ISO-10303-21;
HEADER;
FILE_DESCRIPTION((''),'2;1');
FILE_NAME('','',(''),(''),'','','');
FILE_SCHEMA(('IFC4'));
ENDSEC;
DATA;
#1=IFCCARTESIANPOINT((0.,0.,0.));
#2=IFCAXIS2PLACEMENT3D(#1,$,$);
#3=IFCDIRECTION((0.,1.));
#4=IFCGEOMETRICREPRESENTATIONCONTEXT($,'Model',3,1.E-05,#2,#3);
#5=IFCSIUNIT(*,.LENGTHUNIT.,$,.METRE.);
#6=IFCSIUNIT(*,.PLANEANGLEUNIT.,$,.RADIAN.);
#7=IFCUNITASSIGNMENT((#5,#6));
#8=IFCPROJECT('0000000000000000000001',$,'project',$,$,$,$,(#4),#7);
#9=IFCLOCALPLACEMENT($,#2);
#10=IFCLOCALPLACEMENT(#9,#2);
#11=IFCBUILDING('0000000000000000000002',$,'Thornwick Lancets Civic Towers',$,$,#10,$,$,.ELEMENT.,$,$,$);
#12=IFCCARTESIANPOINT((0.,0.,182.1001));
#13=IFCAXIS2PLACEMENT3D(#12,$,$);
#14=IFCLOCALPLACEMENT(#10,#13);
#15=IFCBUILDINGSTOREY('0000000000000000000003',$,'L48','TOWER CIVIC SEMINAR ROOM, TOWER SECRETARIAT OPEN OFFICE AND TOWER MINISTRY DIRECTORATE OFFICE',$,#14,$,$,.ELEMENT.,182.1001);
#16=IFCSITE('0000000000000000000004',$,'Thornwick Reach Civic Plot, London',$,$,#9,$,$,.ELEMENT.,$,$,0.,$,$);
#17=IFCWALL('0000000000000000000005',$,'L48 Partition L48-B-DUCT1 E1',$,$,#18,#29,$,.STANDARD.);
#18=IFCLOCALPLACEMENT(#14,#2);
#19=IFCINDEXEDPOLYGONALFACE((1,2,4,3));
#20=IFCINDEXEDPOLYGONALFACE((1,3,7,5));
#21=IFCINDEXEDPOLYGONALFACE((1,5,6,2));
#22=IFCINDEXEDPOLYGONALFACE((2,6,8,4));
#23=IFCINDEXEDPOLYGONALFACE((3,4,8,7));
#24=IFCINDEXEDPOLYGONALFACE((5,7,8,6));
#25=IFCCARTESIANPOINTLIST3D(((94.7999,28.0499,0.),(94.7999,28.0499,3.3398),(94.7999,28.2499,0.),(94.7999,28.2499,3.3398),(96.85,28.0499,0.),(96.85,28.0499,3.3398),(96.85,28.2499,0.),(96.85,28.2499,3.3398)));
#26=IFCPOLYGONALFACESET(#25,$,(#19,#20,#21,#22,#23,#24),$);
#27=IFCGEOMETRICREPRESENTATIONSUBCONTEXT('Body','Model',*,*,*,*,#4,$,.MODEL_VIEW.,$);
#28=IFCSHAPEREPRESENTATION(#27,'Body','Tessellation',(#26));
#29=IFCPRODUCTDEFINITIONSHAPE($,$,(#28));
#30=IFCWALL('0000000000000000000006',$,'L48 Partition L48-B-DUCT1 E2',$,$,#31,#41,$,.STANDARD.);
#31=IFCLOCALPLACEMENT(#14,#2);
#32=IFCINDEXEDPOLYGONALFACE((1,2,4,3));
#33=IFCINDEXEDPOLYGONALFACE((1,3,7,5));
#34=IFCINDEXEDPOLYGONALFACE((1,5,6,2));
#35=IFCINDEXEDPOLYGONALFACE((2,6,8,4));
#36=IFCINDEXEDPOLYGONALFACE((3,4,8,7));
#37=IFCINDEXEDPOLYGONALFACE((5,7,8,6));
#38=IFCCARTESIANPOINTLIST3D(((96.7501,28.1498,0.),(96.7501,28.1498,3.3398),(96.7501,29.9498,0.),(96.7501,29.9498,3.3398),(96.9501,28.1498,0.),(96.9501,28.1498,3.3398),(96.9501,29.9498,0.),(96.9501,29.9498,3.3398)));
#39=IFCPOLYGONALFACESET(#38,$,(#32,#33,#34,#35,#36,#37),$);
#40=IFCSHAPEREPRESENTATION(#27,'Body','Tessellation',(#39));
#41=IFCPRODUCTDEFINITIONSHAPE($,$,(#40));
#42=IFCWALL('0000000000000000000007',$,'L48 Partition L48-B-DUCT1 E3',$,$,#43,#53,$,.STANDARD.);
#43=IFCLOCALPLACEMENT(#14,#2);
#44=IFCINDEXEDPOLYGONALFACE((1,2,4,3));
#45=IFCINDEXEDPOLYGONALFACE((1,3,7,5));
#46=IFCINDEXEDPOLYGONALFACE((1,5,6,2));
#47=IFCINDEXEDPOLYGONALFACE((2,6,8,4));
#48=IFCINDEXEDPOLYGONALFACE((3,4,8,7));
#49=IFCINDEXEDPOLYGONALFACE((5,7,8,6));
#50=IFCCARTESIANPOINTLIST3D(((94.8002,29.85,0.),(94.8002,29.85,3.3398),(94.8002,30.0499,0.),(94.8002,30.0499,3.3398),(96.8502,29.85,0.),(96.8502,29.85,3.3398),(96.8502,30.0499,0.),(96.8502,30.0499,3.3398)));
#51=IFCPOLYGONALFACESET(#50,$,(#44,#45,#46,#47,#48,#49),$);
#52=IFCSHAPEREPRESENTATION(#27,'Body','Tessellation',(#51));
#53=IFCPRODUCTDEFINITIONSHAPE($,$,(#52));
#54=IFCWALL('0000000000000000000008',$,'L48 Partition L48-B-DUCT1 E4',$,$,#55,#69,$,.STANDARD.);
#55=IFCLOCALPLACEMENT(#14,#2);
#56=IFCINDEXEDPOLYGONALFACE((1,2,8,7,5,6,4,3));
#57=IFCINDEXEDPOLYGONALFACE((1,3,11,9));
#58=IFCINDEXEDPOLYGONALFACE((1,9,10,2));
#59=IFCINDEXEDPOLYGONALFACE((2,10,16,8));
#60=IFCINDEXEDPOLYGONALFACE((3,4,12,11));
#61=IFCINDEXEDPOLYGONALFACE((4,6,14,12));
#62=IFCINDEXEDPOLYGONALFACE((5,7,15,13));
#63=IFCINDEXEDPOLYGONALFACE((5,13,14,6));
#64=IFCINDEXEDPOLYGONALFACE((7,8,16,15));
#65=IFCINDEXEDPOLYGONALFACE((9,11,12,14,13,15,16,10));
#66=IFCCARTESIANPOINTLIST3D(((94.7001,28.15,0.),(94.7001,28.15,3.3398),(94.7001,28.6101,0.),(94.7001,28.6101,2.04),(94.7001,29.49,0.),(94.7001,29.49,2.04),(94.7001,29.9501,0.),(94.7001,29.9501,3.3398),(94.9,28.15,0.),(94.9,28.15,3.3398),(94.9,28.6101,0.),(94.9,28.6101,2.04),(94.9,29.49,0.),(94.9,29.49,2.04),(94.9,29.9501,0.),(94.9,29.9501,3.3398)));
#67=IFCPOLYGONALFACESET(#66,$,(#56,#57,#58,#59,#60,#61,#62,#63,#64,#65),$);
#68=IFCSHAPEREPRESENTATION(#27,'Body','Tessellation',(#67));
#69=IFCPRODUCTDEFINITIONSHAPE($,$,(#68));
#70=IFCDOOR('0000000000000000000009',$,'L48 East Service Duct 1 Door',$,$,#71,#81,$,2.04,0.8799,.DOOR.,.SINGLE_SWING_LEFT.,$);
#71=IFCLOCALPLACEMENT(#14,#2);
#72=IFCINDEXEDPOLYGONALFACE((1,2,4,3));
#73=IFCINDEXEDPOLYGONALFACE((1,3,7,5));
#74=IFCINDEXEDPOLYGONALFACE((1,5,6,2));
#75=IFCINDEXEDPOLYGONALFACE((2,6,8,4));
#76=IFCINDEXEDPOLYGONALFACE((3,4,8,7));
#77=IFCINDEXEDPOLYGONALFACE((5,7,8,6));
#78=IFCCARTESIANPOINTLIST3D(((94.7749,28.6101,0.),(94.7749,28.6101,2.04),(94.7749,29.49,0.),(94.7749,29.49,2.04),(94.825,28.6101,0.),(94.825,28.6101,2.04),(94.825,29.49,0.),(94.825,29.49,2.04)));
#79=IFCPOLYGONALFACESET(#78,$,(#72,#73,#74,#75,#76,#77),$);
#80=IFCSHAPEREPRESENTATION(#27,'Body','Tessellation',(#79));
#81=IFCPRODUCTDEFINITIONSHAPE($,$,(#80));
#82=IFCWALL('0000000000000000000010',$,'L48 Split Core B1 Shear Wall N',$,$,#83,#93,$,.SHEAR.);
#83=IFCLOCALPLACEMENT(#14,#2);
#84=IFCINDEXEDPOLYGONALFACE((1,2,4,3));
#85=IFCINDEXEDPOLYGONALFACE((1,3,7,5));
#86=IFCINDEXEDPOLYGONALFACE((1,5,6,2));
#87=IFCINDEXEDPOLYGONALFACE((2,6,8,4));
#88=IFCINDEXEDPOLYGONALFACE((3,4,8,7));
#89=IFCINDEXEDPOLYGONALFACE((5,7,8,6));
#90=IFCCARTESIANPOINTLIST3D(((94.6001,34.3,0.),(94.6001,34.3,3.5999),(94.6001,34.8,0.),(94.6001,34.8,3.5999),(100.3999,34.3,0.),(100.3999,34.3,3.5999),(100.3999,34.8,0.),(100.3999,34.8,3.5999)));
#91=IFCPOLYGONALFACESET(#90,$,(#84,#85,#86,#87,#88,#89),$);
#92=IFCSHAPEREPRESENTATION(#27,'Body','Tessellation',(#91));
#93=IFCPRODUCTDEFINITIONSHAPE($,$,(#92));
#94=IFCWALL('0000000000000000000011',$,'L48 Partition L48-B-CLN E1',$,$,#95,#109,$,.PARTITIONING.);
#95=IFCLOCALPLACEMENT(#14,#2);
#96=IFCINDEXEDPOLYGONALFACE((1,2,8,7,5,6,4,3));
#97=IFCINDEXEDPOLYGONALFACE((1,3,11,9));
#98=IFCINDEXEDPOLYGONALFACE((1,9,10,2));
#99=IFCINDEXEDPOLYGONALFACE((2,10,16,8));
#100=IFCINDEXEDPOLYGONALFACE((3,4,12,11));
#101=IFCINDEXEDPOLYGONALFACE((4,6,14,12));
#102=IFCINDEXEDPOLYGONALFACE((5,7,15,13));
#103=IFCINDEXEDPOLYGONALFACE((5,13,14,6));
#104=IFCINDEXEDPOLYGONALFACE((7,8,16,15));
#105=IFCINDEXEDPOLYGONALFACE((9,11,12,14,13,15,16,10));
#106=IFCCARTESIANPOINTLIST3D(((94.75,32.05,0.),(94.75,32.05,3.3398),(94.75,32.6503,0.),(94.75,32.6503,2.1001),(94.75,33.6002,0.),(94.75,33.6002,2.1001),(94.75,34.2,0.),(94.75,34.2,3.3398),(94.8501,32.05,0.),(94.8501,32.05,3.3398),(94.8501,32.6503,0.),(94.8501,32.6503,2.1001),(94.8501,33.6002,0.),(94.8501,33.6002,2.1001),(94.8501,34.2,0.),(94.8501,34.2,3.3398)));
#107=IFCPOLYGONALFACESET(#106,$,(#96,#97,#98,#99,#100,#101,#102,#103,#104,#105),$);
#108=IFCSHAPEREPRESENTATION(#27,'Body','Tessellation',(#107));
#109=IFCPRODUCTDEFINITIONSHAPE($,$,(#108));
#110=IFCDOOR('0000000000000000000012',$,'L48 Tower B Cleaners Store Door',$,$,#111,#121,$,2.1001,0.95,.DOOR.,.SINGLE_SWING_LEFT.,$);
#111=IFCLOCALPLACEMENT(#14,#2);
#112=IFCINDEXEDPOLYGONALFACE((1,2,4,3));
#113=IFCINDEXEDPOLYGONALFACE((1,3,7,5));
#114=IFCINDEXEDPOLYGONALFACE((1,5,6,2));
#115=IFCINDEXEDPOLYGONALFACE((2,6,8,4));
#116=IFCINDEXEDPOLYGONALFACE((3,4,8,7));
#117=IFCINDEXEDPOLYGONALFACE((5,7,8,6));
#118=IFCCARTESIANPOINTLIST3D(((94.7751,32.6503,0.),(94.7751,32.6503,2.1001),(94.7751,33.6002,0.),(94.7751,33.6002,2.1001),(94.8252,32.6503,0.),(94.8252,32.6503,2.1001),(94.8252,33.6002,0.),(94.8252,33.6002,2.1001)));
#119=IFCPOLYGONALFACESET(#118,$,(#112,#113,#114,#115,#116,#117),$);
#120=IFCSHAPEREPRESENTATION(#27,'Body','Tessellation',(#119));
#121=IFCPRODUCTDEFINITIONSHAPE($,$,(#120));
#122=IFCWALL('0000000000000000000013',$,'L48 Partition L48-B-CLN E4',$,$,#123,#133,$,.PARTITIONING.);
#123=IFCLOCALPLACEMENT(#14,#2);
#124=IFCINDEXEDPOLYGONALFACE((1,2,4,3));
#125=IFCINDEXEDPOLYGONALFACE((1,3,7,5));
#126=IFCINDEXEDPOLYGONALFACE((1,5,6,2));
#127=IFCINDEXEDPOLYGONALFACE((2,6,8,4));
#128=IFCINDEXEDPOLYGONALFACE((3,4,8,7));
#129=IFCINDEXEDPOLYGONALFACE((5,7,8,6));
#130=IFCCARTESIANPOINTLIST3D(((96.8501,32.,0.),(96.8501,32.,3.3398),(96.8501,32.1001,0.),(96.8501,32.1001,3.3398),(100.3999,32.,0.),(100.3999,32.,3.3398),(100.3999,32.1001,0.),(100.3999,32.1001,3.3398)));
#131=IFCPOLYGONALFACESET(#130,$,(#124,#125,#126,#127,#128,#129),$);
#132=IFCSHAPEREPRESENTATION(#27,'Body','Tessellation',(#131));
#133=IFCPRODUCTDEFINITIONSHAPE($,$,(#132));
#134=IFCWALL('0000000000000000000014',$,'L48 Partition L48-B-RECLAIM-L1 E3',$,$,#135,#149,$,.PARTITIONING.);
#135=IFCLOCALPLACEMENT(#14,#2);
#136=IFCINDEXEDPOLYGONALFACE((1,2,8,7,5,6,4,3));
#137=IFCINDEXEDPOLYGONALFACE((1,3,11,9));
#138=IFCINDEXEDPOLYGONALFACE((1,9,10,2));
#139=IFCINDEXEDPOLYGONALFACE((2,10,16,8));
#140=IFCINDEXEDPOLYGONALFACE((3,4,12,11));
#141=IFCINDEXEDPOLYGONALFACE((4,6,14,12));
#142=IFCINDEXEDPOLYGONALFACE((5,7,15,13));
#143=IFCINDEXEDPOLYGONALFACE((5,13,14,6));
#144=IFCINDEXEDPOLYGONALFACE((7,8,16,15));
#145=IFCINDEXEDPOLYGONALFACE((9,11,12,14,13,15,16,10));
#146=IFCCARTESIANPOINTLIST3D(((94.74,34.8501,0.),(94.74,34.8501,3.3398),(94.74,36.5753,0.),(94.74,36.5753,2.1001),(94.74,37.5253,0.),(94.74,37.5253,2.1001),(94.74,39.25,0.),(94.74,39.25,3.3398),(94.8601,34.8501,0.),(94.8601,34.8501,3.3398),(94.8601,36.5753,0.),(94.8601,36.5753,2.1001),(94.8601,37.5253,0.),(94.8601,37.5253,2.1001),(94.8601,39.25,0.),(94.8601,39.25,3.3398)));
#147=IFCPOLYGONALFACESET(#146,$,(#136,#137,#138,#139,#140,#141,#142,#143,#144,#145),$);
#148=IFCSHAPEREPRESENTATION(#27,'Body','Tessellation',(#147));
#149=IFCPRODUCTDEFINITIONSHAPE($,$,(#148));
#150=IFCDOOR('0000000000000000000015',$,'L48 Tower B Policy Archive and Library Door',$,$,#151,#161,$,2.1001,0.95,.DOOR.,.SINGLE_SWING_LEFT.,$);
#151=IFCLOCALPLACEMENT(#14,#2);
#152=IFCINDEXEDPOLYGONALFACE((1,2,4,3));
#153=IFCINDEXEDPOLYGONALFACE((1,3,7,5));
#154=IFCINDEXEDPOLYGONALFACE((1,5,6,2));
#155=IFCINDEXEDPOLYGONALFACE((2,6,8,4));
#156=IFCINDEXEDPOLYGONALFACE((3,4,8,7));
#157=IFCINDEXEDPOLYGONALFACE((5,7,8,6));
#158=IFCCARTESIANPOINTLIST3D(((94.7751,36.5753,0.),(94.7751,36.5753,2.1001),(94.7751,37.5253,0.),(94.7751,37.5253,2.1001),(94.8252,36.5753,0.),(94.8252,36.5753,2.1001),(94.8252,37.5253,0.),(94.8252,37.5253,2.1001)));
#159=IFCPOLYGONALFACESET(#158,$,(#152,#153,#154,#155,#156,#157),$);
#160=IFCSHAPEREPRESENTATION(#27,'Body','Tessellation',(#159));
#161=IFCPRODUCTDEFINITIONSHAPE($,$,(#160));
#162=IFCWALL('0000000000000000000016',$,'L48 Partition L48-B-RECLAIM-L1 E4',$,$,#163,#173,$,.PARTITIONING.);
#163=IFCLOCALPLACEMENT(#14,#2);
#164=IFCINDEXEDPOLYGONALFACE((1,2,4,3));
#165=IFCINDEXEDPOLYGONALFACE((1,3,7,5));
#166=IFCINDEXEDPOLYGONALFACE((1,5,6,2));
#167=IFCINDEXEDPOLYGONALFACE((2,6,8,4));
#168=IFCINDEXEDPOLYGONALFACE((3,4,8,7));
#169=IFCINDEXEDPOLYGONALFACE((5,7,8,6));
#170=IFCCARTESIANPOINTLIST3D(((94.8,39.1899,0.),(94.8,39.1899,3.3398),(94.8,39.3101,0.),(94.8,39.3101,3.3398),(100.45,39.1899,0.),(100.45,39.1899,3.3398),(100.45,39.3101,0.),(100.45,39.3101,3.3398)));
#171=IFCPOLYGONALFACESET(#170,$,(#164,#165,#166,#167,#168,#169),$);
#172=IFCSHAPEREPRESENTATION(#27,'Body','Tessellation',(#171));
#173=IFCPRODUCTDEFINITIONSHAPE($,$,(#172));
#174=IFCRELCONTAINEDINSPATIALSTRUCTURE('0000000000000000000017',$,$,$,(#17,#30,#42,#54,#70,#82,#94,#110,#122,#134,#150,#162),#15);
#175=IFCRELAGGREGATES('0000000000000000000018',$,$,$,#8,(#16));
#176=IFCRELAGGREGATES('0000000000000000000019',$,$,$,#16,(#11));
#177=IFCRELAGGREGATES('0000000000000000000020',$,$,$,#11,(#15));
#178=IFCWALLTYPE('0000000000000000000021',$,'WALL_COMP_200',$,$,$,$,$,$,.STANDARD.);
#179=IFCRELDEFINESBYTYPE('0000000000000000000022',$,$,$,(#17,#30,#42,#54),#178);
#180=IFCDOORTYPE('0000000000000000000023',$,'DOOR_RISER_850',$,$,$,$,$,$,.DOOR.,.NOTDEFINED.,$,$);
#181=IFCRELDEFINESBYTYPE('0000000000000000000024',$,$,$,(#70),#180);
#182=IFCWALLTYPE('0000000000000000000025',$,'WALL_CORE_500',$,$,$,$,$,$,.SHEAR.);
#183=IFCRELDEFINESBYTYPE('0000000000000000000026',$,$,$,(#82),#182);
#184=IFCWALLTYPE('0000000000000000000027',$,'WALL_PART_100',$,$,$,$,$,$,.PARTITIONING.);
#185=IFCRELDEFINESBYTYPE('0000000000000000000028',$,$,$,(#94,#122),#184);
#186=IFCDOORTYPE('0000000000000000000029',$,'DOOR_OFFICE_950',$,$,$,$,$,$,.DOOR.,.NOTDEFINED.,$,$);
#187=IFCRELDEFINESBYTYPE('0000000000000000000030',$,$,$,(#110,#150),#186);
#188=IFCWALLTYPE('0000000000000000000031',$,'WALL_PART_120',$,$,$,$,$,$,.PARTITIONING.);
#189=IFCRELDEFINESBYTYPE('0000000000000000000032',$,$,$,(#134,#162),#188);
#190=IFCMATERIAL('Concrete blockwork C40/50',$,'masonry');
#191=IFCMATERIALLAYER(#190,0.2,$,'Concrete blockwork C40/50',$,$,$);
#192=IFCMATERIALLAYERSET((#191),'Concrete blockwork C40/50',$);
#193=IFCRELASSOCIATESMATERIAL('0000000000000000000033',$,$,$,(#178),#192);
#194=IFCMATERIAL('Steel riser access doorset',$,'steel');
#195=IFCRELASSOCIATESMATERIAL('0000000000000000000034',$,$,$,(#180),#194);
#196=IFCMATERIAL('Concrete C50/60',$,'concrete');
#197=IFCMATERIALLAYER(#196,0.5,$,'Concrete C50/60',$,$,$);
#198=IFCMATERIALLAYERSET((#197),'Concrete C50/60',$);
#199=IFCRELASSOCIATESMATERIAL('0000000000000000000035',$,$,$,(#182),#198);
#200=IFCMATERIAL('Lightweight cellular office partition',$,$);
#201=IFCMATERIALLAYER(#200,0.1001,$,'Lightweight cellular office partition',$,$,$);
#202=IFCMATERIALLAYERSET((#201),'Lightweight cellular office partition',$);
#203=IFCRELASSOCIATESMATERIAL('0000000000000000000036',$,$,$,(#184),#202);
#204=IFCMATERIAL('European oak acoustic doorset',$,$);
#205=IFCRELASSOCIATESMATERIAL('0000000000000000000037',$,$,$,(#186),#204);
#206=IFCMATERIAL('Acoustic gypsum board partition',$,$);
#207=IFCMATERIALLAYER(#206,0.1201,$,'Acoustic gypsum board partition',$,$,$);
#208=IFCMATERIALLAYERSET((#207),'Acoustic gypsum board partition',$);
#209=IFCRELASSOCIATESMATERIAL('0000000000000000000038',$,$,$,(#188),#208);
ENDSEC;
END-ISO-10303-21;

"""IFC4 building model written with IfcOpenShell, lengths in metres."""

from ifc_helpers import new_model, si_unit, direction, frame, frame_2d, origin, place, context, subcontext, project, spatial, rectangle, extrude, material, layer, layer_set, type_object, element, fill, save


model = new_model("IFC4")

# Units and contexts
model_context = context("Model", 3, precision=1e-05, world=origin(), true_north=direction((0.0, 1.0)))
body_context = subcontext(model_context, "Body", "Model", "MODEL_VIEW")
ifc_project = project(units=[si_unit("LENGTHUNIT", "METRE"), si_unit("PLANEANGLEUNIT", "RADIAN")], contexts=[model_context])

# Site, building, storey
site_placement = place(None, origin())
site = spatial("IfcSite", under=ifc_project, at=site_placement, Name="Thornwick Reach Civic Plot, London", CompositionType="ELEMENT", RefElevation=0.0)
building_placement = place(site_placement, origin())
building = spatial("IfcBuilding", under=site, at=building_placement, Name="Thornwick Lancets Civic Towers", CompositionType="ELEMENT")
storey_placement = place(building_placement, frame((0.0, 0.0, 182.1001)))
storey = spatial("IfcBuildingStorey", under=building, at=storey_placement, Name="L48", Description="TOWER CIVIC SEMINAR ROOM, TOWER SECRETARIAT OPEN OFFICE AND TOWER MINISTRY DIRECTORATE OFFICE", CompositionType="ELEMENT", Elevation=182.1001)

# Shared definitions
ifc_material_1 = material(Name="Concrete C50/60", Category="concrete")

# Shared definitions
ifc_material_2 = material(Name="Concrete blockwork C40/50", Category="masonry")
ifc_layer_1 = layer(ifc_material_2, 0.2, Name="Concrete blockwork C40/50")
ifc_layer_set_1 = layer_set([ifc_layer_1], Name="Concrete blockwork C40/50")
wall_type_1 = type_object("IfcWallType", Name="WALL_COMP_200", PredefinedType="STANDARD", material=ifc_layer_set_1)

# Walls
wall_1_placement = place(storey_placement, frame((94.8, 28.1499, 0.0), z_axis=(0.0, 0.0, 1.0), x_axis=(1.0, 0.0, 0.0)))
element("IfcWall", 1, at=wall_1_placement, inside=storey, type_object=wall_type_1, Name="L48 Partition L48-B-DUCT1 E1", PredefinedType="STANDARD", context=body_context, shape_type="SweptSolid", body=[
    extrude(rectangle(XDim=2.05, YDim=0.2, at=frame_2d((1.0249, 0.0))), origin(), (0.0, 0.0, 1.0), 3.3398),
])
wall_2_placement = place(storey_placement, frame((96.8501, 28.1499, 0.0), z_axis=(0.0, 0.0, 1.0), x_axis=(0.0, 1.0, 0.0)))
element("IfcWall", 2, at=wall_2_placement, inside=storey, type_object=wall_type_1, Name="L48 Partition L48-B-DUCT1 E2", PredefinedType="STANDARD", context=body_context, shape_type="SweptSolid", body=[
    extrude(rectangle(XDim=1.8, YDim=0.2, at=frame_2d((0.8999, 0.0))), origin(), (0.0, 0.0, 1.0), 3.3398),
])
wall_3_placement = place(storey_placement, frame((96.8501, 29.95, 0.0), z_axis=(0.0, 0.0, 1.0), x_axis=(-1.0, 0.0, 0.0)))
element("IfcWall", 3, at=wall_3_placement, inside=storey, type_object=wall_type_1, Name="L48 Partition L48-B-DUCT1 E3", PredefinedType="STANDARD", context=body_context, shape_type="SweptSolid", body=[
    extrude(rectangle(XDim=2.05, YDim=0.2, at=frame_2d((1.0249, 0.0))), origin(), (0.0, 0.0, 1.0), 3.3398),
])

# Wall, opening, door
wall_4_placement = place(storey_placement, frame((94.8, 29.95, 0.0), z_axis=(0.0, 0.0, 1.0), x_axis=(0.0, -1.0, 0.0)))
wall_4 = element("IfcWall", 4, at=wall_4_placement, inside=storey, type_object=wall_type_1, Name="L48 Partition L48-B-DUCT1 E4", PredefinedType="STANDARD", context=body_context, shape_type="SweptSolid", body=[
    extrude(rectangle(XDim=1.8, YDim=0.2, at=frame_2d((0.8999, 0.0))), origin(), (0.0, 0.0, 1.0), 3.3398),
])
opening_1_placement = place(wall_4_placement, frame((0.46, 0.0, 0.0)))
opening_1 = element("IfcOpeningElement", 5, at=opening_1_placement, cuts=wall_4, PredefinedType="OPENING", context=body_context, shape_type="SweptSolid", body=[
    extrude(rectangle(XDim=0.8799, YDim=2.04, at=frame_2d((0.4399, 1.02))), frame((0.0, 0.1099, 0.0), z_axis=(0.0, -1.0, 0.0), x_axis=(1.0, 0.0, 0.0)), (0.0, 0.0, 1.0), 0.22),
])
ifc_material_3 = material(Name="Steel riser access doorset", Category="steel")
door_type_1 = type_object("IfcDoorType", Name="DOOR_RISER_850", OperationType="NOTDEFINED", PredefinedType="DOOR", material=ifc_material_3)
door_1_placement = place(opening_1_placement, origin())
door_1 = element("IfcDoor", 6, at=door_1_placement, inside=storey, type_object=door_type_1, Name="L48 East Service Duct 1 Door", OperationType="SINGLE_SWING_LEFT", OverallHeight=2.04, OverallWidth=0.8799, PredefinedType="DOOR", context=body_context, shape_type="SweptSolid", body=[
    extrude(rectangle(XDim=0.8799, YDim=2.04, at=frame_2d((0.4399, 1.02))), frame((0.0, 0.0249, 0.0), z_axis=(0.0, -1.0, 0.0), x_axis=(1.0, 0.0, 0.0)), (0.0, 0.0, 1.0), 0.05),
])
fill(opening_1, door_1)

# Wall
ifc_layer_2 = layer(ifc_material_1, 0.5, Name="Concrete C50/60")
ifc_layer_set_2 = layer_set([ifc_layer_2], Name="Concrete C50/60")
wall_type_2 = type_object("IfcWallType", Name="WALL_CORE_500", PredefinedType="SHEAR", material=ifc_layer_set_2)
wall_5_placement = place(storey_placement, frame((94.6001, 34.55, 0.0), z_axis=(0.0, 0.0, 1.0), x_axis=(1.0, 0.0, 0.0)))
element("IfcWall", 7, at=wall_5_placement, inside=storey, type_object=wall_type_2, Name="L48 Split Core B1 Shear Wall N", PredefinedType="SHEAR", context=body_context, shape_type="SweptSolid", body=[
    extrude(rectangle(XDim=5.7998, YDim=0.5, at=frame_2d((2.8999, 0.0))), origin(), (0.0, 0.0, 1.0), 3.5999),
])

# Wall, opening, door
ifc_material_4 = material(Name="Lightweight cellular office partition")
ifc_layer_3 = layer(ifc_material_4, 0.1001, Name="Lightweight cellular office partition")
ifc_layer_set_3 = layer_set([ifc_layer_3], Name="Lightweight cellular office partition")
wall_type_3 = type_object("IfcWallType", Name="WALL_PART_100", PredefinedType="PARTITIONING", material=ifc_layer_set_3)
wall_6_placement = place(storey_placement, frame((94.8, 32.05, 0.0), z_axis=(0.0, 0.0, 1.0), x_axis=(0.0, 1.0, 0.0)))
wall_6 = element("IfcWall", 8, at=wall_6_placement, inside=storey, type_object=wall_type_3, Name="L48 Partition L48-B-CLN E1", PredefinedType="PARTITIONING", context=body_context, shape_type="SweptSolid", body=[
    extrude(rectangle(XDim=2.1499, YDim=0.1001, at=frame_2d((1.075, 0.0))), origin(), (0.0, 0.0, 1.0), 3.3398),
])
opening_2_placement = place(wall_6_placement, frame((0.6001, 0.0, 0.0)))
opening_2 = element("IfcOpeningElement", 9, at=opening_2_placement, cuts=wall_6, PredefinedType="OPENING", context=body_context, shape_type="SweptSolid", body=[
    extrude(rectangle(XDim=0.95, YDim=2.1001, at=frame_2d((0.4751, 1.05))), frame((0.0, 0.0601, 0.0), z_axis=(0.0, -1.0, 0.0), x_axis=(1.0, 0.0, 0.0)), (0.0, 0.0, 1.0), 0.1201),
])
ifc_material_5 = material(Name="European oak acoustic doorset")
door_type_2 = type_object("IfcDoorType", Name="DOOR_OFFICE_950", OperationType="NOTDEFINED", PredefinedType="DOOR", material=ifc_material_5)
door_2_placement = place(opening_2_placement, origin())
door_2 = element("IfcDoor", 10, at=door_2_placement, inside=storey, type_object=door_type_2, Name="L48 Tower B Cleaners Store Door", OperationType="SINGLE_SWING_LEFT", OverallHeight=2.1001, OverallWidth=0.95, PredefinedType="DOOR", context=body_context, shape_type="SweptSolid", body=[
    extrude(rectangle(XDim=0.95, YDim=2.1001, at=frame_2d((0.4751, 1.05))), frame((0.0, 0.0249, 0.0), z_axis=(0.0, -1.0, 0.0), x_axis=(1.0, 0.0, 0.0)), (0.0, 0.0, 1.0), 0.05),
])
fill(opening_2, door_2)

# Wall
wall_7_placement = place(storey_placement, frame((100.3999, 32.05, 0.0), z_axis=(0.0, 0.0, 1.0), x_axis=(-1.0, 0.0, 0.0)))
element("IfcWall", 11, at=wall_7_placement, inside=storey, type_object=wall_type_3, Name="L48 Partition L48-B-CLN E4", PredefinedType="PARTITIONING", context=body_context, shape_type="SweptSolid", body=[
    extrude(rectangle(XDim=3.5498, YDim=0.1001, at=frame_2d((1.7749, 0.0))), origin(), (0.0, 0.0, 1.0), 3.3398),
])

# Wall, opening, door
ifc_material_6 = material(Name="Acoustic gypsum board partition")
ifc_layer_4 = layer(ifc_material_6, 0.1201, Name="Acoustic gypsum board partition")
ifc_layer_set_4 = layer_set([ifc_layer_4], Name="Acoustic gypsum board partition")
wall_type_4 = type_object("IfcWallType", Name="WALL_PART_120", PredefinedType="PARTITIONING", material=ifc_layer_set_4)
wall_8_placement = place(storey_placement, frame((94.8, 34.8501, 0.0), z_axis=(0.0, 0.0, 1.0), x_axis=(0.0, 1.0, 0.0)))
wall_8 = element("IfcWall", 12, at=wall_8_placement, inside=storey, type_object=wall_type_4, Name="L48 Partition L48-B-RECLAIM-L1 E3", PredefinedType="PARTITIONING", context=body_context, shape_type="SweptSolid", body=[
    extrude(rectangle(XDim=4.3999, YDim=0.1201, at=frame_2d((2.2, 0.0))), origin(), (0.0, 0.0, 1.0), 3.3398),
])
opening_3_placement = place(wall_8_placement, frame((1.7251, 0.0, 0.0)))
opening_3 = element("IfcOpeningElement", 13, at=opening_3_placement, cuts=wall_8, PredefinedType="OPENING", context=body_context, shape_type="SweptSolid", body=[
    extrude(rectangle(XDim=0.95, YDim=2.1001, at=frame_2d((0.4751, 1.05))), frame((0.0, 0.0701, 0.0), z_axis=(0.0, -1.0, 0.0), x_axis=(1.0, 0.0, 0.0)), (0.0, 0.0, 1.0), 0.1401),
])
door_3_placement = place(opening_3_placement, origin())
door_3 = element("IfcDoor", 14, at=door_3_placement, inside=storey, type_object=door_type_2, Name="L48 Tower B Policy Archive and Library Door", OperationType="SINGLE_SWING_LEFT", OverallHeight=2.1001, OverallWidth=0.95, PredefinedType="DOOR", context=body_context, shape_type="SweptSolid", body=[
    extrude(rectangle(XDim=0.95, YDim=2.1001, at=frame_2d((0.4751, 1.05))), frame((0.0, 0.0249, 0.0), z_axis=(0.0, -1.0, 0.0), x_axis=(1.0, 0.0, 0.0)), (0.0, 0.0, 1.0), 0.05),
])
fill(opening_3, door_3)

# Wall
wall_9_placement = place(storey_placement, frame((94.8, 39.25, 0.0), z_axis=(0.0, 0.0, 1.0), x_axis=(1.0, 0.0, 0.0)))
element("IfcWall", 15, at=wall_9_placement, inside=storey, type_object=wall_type_4, Name="L48 Partition L48-B-RECLAIM-L1 E4", PredefinedType="PARTITIONING", context=body_context, shape_type="SweptSolid", body=[
    extrude(rectangle(XDim=5.6499, YDim=0.1201, at=frame_2d((2.825, 0.0))), origin(), (0.0, 0.0, 1.0), 3.3398),
])

save(model, "model.ifc")
